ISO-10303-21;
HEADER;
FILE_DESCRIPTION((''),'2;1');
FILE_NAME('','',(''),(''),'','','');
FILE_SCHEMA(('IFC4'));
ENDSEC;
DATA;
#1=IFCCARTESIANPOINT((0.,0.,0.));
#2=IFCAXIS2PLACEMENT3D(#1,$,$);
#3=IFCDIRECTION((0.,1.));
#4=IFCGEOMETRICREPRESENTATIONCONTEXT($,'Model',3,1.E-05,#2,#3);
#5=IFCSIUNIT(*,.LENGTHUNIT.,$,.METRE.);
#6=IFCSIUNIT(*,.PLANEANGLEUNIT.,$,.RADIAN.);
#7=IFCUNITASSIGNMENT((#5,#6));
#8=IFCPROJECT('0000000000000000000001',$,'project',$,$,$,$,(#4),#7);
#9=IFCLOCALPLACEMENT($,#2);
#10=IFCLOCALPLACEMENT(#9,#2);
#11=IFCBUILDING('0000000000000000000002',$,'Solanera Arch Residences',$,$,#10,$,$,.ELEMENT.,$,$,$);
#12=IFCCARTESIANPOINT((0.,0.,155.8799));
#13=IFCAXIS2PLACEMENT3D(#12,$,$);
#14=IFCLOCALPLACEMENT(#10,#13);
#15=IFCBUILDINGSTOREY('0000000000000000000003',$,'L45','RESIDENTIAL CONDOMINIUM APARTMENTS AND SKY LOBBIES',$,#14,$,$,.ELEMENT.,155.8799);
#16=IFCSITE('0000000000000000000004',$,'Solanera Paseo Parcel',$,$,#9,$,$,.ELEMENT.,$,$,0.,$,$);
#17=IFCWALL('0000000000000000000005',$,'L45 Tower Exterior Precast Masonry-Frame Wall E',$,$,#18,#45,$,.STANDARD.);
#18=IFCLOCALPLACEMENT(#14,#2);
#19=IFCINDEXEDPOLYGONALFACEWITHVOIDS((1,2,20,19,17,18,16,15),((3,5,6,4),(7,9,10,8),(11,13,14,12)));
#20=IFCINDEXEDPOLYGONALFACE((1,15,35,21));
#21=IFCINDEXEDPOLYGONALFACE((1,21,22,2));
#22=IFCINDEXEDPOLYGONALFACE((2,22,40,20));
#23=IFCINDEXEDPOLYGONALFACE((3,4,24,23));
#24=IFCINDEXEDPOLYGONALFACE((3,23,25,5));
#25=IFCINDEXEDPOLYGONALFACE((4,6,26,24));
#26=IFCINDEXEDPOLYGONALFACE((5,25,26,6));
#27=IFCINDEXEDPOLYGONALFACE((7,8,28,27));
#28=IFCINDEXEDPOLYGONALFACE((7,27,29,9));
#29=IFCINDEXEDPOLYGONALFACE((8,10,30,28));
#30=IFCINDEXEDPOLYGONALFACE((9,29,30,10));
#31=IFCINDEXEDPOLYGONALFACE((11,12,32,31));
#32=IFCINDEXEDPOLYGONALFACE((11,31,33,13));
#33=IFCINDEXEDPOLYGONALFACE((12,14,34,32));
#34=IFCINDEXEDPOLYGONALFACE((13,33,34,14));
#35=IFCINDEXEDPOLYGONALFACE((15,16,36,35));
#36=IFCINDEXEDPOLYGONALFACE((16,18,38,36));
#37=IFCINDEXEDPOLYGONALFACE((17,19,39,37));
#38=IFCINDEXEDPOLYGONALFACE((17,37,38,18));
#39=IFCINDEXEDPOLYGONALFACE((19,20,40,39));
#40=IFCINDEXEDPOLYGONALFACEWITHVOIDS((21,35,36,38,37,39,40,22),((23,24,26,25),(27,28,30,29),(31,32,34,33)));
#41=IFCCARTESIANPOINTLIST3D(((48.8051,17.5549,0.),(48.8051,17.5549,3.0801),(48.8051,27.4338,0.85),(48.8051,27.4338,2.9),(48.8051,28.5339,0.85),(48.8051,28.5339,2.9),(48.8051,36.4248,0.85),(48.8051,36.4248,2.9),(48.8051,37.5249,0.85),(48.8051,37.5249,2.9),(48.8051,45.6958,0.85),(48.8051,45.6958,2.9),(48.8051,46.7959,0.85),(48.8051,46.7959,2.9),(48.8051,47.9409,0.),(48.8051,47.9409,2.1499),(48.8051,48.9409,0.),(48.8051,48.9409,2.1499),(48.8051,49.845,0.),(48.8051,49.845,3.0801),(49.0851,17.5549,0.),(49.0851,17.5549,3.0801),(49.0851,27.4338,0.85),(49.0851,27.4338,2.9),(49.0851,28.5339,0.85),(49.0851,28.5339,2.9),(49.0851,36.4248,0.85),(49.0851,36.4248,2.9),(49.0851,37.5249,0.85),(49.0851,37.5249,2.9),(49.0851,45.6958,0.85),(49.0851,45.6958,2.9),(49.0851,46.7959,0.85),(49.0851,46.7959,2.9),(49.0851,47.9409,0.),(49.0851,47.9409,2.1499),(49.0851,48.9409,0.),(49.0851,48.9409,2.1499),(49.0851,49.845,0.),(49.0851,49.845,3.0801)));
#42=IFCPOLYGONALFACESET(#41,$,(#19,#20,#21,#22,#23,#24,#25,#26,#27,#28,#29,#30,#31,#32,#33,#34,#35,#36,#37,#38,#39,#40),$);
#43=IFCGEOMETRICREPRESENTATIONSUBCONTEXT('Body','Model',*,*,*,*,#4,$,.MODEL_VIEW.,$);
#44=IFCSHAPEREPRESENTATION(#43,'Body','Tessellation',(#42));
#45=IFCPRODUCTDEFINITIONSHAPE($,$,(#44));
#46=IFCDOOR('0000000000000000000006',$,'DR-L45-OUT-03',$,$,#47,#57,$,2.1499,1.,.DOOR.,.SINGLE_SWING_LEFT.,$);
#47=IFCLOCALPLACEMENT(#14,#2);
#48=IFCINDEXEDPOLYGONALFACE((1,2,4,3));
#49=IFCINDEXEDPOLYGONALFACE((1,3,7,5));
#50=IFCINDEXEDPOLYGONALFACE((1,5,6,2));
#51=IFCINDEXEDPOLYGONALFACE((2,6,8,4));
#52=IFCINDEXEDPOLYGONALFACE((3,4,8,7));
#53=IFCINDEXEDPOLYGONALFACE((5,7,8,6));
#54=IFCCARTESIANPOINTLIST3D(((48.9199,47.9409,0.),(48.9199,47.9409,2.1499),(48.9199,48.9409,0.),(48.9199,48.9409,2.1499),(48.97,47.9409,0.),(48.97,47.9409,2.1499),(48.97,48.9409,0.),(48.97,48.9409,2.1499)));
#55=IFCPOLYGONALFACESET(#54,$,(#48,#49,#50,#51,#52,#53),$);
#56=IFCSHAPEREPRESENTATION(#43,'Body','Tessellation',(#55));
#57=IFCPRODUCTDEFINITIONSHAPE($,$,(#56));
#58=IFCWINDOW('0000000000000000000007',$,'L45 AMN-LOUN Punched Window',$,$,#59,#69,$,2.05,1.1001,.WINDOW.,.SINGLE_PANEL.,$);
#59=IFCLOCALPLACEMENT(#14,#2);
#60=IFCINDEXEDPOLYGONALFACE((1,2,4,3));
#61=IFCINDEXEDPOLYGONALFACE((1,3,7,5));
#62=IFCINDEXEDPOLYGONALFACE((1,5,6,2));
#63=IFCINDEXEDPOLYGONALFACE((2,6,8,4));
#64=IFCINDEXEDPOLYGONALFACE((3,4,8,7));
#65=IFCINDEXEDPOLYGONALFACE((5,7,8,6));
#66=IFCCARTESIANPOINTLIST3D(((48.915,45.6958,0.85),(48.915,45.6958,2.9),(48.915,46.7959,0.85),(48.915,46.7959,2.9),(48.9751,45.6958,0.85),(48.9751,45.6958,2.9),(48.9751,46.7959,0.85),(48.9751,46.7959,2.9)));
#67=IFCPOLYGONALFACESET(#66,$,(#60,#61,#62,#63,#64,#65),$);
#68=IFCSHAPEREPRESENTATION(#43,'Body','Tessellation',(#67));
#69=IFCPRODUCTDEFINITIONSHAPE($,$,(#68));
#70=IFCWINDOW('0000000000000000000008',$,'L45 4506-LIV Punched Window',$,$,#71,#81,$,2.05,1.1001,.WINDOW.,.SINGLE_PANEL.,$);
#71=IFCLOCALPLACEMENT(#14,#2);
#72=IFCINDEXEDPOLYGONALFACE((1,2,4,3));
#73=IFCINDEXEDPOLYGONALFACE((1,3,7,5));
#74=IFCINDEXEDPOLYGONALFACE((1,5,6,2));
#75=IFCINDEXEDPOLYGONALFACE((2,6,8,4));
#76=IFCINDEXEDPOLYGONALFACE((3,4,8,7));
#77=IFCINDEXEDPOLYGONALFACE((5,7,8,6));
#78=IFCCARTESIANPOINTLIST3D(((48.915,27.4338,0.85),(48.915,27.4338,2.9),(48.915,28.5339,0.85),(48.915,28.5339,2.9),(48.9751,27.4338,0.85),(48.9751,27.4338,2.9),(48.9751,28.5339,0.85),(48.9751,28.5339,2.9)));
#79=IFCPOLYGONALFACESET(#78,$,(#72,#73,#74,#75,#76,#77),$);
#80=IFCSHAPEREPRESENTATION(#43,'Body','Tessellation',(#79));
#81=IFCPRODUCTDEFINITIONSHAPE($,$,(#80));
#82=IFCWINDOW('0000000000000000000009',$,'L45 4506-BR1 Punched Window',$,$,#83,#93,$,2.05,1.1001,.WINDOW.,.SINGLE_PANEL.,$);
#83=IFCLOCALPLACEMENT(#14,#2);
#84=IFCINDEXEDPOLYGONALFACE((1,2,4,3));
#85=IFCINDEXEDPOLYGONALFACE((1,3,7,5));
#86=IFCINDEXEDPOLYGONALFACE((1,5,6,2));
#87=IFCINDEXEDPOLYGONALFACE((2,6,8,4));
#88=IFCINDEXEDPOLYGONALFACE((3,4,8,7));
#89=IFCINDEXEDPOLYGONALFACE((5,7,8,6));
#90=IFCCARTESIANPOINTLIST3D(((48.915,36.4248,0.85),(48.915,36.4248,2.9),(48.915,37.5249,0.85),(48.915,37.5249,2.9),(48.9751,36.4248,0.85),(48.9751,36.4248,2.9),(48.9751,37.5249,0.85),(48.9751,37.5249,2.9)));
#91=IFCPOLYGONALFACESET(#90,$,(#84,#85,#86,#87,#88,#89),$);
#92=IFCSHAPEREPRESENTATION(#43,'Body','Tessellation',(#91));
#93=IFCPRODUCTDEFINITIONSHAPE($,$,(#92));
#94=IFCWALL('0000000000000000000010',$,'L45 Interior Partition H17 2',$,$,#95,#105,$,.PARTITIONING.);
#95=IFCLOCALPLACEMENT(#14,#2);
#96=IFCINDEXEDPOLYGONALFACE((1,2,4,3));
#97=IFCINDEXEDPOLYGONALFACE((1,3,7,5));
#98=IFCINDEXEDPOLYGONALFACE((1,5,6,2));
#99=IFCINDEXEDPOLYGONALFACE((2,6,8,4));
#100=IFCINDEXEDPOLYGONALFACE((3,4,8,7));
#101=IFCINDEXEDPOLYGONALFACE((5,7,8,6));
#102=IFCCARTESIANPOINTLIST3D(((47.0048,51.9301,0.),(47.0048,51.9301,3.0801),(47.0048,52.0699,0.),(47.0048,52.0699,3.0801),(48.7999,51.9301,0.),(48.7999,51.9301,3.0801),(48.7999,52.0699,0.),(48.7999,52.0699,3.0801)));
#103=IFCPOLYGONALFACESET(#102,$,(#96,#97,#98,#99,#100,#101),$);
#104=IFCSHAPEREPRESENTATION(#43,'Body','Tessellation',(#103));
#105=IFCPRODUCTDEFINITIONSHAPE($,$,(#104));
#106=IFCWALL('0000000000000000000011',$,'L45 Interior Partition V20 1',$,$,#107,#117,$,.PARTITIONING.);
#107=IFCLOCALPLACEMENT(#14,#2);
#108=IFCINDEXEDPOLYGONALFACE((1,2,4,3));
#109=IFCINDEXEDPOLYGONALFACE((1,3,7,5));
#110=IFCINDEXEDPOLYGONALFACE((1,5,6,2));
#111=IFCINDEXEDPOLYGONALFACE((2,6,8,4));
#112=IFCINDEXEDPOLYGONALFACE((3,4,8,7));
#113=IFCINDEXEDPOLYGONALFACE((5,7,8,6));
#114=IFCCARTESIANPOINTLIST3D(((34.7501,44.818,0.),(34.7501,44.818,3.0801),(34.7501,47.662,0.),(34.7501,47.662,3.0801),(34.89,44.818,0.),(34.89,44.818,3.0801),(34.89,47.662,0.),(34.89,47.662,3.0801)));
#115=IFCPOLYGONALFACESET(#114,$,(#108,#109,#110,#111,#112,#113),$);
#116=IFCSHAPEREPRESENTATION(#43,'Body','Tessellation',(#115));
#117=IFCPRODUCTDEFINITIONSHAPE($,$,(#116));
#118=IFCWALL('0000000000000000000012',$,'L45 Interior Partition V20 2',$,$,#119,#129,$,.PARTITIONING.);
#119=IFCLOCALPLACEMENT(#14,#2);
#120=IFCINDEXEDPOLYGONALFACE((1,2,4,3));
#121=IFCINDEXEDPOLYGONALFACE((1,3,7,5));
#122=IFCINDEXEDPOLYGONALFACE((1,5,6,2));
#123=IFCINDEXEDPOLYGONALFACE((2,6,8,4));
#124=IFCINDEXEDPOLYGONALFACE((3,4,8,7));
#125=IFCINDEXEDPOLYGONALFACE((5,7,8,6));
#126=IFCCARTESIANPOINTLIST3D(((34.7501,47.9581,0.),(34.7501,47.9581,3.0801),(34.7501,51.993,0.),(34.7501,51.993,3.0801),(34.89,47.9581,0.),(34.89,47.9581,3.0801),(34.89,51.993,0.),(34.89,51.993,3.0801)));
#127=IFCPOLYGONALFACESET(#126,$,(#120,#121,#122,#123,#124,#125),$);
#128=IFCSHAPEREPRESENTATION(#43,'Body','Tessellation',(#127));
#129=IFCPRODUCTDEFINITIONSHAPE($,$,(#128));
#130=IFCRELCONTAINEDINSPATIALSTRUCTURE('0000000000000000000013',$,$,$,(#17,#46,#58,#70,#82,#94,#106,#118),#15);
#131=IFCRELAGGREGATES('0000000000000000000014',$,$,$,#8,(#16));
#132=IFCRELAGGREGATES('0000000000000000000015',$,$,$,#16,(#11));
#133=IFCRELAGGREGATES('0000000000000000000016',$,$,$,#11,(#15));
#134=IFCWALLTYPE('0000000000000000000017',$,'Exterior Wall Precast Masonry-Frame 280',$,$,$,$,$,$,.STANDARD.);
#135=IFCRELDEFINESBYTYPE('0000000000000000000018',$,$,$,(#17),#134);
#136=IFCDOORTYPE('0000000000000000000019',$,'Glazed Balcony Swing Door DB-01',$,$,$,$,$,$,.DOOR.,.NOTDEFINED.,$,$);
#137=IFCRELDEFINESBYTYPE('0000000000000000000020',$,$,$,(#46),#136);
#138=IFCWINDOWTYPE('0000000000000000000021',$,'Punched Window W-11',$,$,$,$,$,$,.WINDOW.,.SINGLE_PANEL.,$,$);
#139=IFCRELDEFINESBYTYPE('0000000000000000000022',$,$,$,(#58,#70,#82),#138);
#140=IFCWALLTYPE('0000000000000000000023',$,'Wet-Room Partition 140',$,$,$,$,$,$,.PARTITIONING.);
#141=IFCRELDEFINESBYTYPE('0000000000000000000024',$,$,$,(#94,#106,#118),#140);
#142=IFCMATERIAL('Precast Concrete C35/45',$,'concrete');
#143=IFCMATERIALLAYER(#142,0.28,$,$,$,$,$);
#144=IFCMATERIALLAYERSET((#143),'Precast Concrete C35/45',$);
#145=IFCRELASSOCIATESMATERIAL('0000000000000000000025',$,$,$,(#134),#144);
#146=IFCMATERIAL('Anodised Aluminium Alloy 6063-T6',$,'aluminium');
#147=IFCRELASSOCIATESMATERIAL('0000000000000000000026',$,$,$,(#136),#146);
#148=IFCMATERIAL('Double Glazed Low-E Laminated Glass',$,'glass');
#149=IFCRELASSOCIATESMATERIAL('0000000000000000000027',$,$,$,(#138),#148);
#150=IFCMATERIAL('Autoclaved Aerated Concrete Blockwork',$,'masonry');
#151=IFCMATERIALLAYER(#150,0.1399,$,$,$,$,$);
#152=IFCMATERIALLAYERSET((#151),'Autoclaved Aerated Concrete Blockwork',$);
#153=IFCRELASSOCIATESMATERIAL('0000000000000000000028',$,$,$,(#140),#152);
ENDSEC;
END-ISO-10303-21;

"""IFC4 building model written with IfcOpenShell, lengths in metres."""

from ifc_helpers import new_model, si_unit, direction, frame, frame_2d, origin, place, context, subcontext, project, spatial, rectangle, extrude, material, layer, layer_set, type_object, element, fill, save


model = new_model("IFC4")

# Units and contexts
model_context = context("Model", 3, precision=1e-05, world=origin(), true_north=direction((0.0, 1.0)))
body_context = subcontext(model_context, "Body", "Model", "MODEL_VIEW")
ifc_project = project(units=[si_unit("LENGTHUNIT", "METRE"), si_unit("PLANEANGLEUNIT", "RADIAN")], contexts=[model_context])

# Site, building, storey
site_placement = place(None, origin())
site = spatial("IfcSite", under=ifc_project, at=site_placement, Name="Solanera Paseo Parcel", CompositionType="ELEMENT", RefElevation=0.0)
building_placement = place(site_placement, origin())
building = spatial("IfcBuilding", under=site, at=building_placement, Name="Solanera Arch Residences", CompositionType="ELEMENT")
storey_placement = place(building_placement, frame((0.0, 0.0, 155.8799)))
storey = spatial("IfcBuildingStorey", under=building, at=storey_placement, Name="L45", Description="RESIDENTIAL CONDOMINIUM APARTMENTS AND SKY LOBBIES", CompositionType="ELEMENT", Elevation=155.8799)

# Shared definitions
ifc_material_1 = material(Name="Precast Concrete C35/45", Category="concrete")
ifc_layer_1 = layer(ifc_material_1, 0.28)
ifc_layer_set_1 = layer_set([ifc_layer_1], Name="Precast Concrete C35/45")
wall_type_1 = type_object("IfcWallType", Name="Exterior Wall Precast Masonry-Frame 280", PredefinedType="STANDARD", material=ifc_layer_set_1)

# Wall, openings, door, windows
wall_1_placement = place(storey_placement, frame((48.9451, 49.845, 0.0), z_axis=(0.0, 0.0, 1.0), x_axis=(0.0, -1.0, 0.0)))
wall_1 = element("IfcWall", 1, at=wall_1_placement, inside=storey, type_object=wall_type_1, Name="L45 Tower Exterior Precast Masonry-Frame Wall E", PredefinedType="STANDARD", context=body_context, shape_type="SweptSolid", body=[
    extrude(rectangle(XDim=32.29, YDim=0.28, at=frame_2d((16.145, 0.0))), origin(), (0.0, 0.0, 1.0), 3.0801),
])
opening_1_placement = place(wall_1_placement, frame((0.9041, 0.0, 0.0)))
opening_1 = element("IfcOpeningElement", 2, at=opening_1_placement, cuts=wall_1, PredefinedType="OPENING", context=body_context, shape_type="SweptSolid", body=[
    extrude(rectangle(XDim=1.0, YDim=2.1499, at=frame_2d((0.5, 1.075))), frame((0.0, 0.1499, 0.0), z_axis=(0.0, -1.0, 0.0), x_axis=(1.0, 0.0, 0.0)), (0.0, 0.0, 1.0), 0.3),
])
opening_2_placement = place(wall_1_placement, frame((3.0491, 0.0, 0.8501)))
opening_2 = element("IfcOpeningElement", 3, at=opening_2_placement, cuts=wall_1, PredefinedType="OPENING", context=body_context, shape_type="SweptSolid", body=[
    extrude(rectangle(XDim=1.1001, YDim=2.05, at=frame_2d((0.55, 1.0249))), frame((0.0, 0.1499, 0.0), z_axis=(0.0, -1.0, 0.0), x_axis=(1.0, 0.0, 0.0)), (0.0, 0.0, 1.0), 0.3),
])
opening_3_placement = place(wall_1_placement, frame((21.311, 0.0, 0.8501)))
opening_3 = element("IfcOpeningElement", 4, at=opening_3_placement, cuts=wall_1, PredefinedType="OPENING", context=body_context, shape_type="SweptSolid", body=[
    extrude(rectangle(XDim=1.1001, YDim=2.05, at=frame_2d((0.55, 1.0249))), frame((0.0, 0.1499, 0.0), z_axis=(0.0, -1.0, 0.0), x_axis=(1.0, 0.0, 0.0)), (0.0, 0.0, 1.0), 0.3),
])
opening_4_placement = place(wall_1_placement, frame((12.3201, 0.0, 0.8501)))
opening_4 = element("IfcOpeningElement", 5, at=opening_4_placement, cuts=wall_1, PredefinedType="OPENING", context=body_context, shape_type="SweptSolid", body=[
    extrude(rectangle(XDim=1.1001, YDim=2.05, at=frame_2d((0.55, 1.0249))), frame((0.0, 0.1499, 0.0), z_axis=(0.0, -1.0, 0.0), x_axis=(1.0, 0.0, 0.0)), (0.0, 0.0, 1.0), 0.3),
])
ifc_material_2 = material(Name="Anodised Aluminium Alloy 6063-T6", Category="aluminium")
door_type = type_object("IfcDoorType", Name="Glazed Balcony Swing Door DB-01", OperationType="NOTDEFINED", PredefinedType="DOOR", material=ifc_material_2)
door_placement = place(opening_1_placement, origin())
door = element("IfcDoor", 6, at=door_placement, inside=storey, type_object=door_type, Name="DR-L45-OUT-03", OperationType="SINGLE_SWING_LEFT", OverallHeight=2.1499, OverallWidth=1.0, PredefinedType="DOOR", context=body_context, shape_type="SweptSolid", body=[
    extrude(rectangle(XDim=1.0, YDim=2.1499, at=frame_2d((0.5, 1.075))), frame((0.0, 0.0249, 0.0), z_axis=(0.0, -1.0, 0.0), x_axis=(1.0, 0.0, 0.0)), (0.0, 0.0, 1.0), 0.05),
])
fill(opening_1, door)
ifc_material_3 = material(Name="Double Glazed Low-E Laminated Glass", Category="glass")
window_type = type_object("IfcWindowType", Name="Punched Window W-11", PartitioningType="SINGLE_PANEL", PredefinedType="WINDOW", material=ifc_material_3)
window_1_placement = place(opening_2_placement, origin())
window_1 = element("IfcWindow", 7, at=window_1_placement, inside=storey, type_object=window_type, Name="L45 AMN-LOUN Punched Window", OverallHeight=2.05, OverallWidth=1.1001, PartitioningType="SINGLE_PANEL", PredefinedType="WINDOW", context=body_context, shape_type="SweptSolid", body=[
    extrude(rectangle(XDim=1.1001, YDim=2.05, at=frame_2d((0.55, 1.0249))), frame((0.0, 0.03, 0.0), z_axis=(0.0, -1.0, 0.0), x_axis=(1.0, 0.0, 0.0)), (0.0, 0.0, 1.0), 0.0601),
])
fill(opening_2, window_1)
window_2_placement = place(opening_3_placement, origin())
window_2 = element("IfcWindow", 8, at=window_2_placement, inside=storey, type_object=window_type, Name="L45 4506-LIV Punched Window", OverallHeight=2.05, OverallWidth=1.1001, PartitioningType="SINGLE_PANEL", PredefinedType="WINDOW", context=body_context, shape_type="SweptSolid", body=[
    extrude(rectangle(XDim=1.1001, YDim=2.05, at=frame_2d((0.55, 1.0249))), frame((0.0, 0.03, 0.0), z_axis=(0.0, -1.0, 0.0), x_axis=(1.0, 0.0, 0.0)), (0.0, 0.0, 1.0), 0.0601),
])
fill(opening_3, window_2)
window_3_placement = place(opening_4_placement, origin())
window_3 = element("IfcWindow", 9, at=window_3_placement, inside=storey, type_object=window_type, Name="L45 4506-BR1 Punched Window", OverallHeight=2.05, OverallWidth=1.1001, PartitioningType="SINGLE_PANEL", PredefinedType="WINDOW", context=body_context, shape_type="SweptSolid", body=[
    extrude(rectangle(XDim=1.1001, YDim=2.05, at=frame_2d((0.55, 1.0249))), frame((0.0, 0.03, 0.0), z_axis=(0.0, -1.0, 0.0), x_axis=(1.0, 0.0, 0.0)), (0.0, 0.0, 1.0), 0.0601),
])
fill(opening_4, window_3)

# Walls
ifc_material_4 = material(Name="Autoclaved Aerated Concrete Blockwork", Category="masonry")
ifc_layer_2 = layer(ifc_material_4, 0.1399)
ifc_layer_set_2 = layer_set([ifc_layer_2], Name="Autoclaved Aerated Concrete Blockwork")
wall_type_2 = type_object("IfcWallType", Name="Wet-Room Partition 140", PredefinedType="PARTITIONING", material=ifc_layer_set_2)
wall_2_placement = place(storey_placement, frame((47.0049, 52.0, 0.0), z_axis=(0.0, 0.0, 1.0), x_axis=(1.0, 0.0, 0.0)))
element("IfcWall", 10, at=wall_2_placement, inside=storey, type_object=wall_type_2, Name="L45 Interior Partition H17 2", PredefinedType="PARTITIONING", context=body_context, shape_type="SweptSolid", body=[
    extrude(rectangle(XDim=1.7952, YDim=0.1399, at=frame_2d((0.8975, 0.0))), origin(), (0.0, 0.0, 1.0), 3.0801),
])
wall_3_placement = place(storey_placement, frame((34.8201, 44.8181, 0.0), z_axis=(0.0, 0.0, 1.0), x_axis=(0.0, 1.0, 0.0)))
element("IfcWall", 11, at=wall_3_placement, inside=storey, type_object=wall_type_2, Name="L45 Interior Partition V20 1", PredefinedType="PARTITIONING", context=body_context, shape_type="SweptSolid", body=[
    extrude(rectangle(XDim=2.844, YDim=0.1399, at=frame_2d((1.4219, 0.0))), origin(), (0.0, 0.0, 1.0), 3.0801),
])
wall_4_placement = place(storey_placement, frame((34.8201, 47.958, 0.0), z_axis=(0.0, 0.0, 1.0), x_axis=(0.0, 1.0, 0.0)))
element("IfcWall", 12, at=wall_4_placement, inside=storey, type_object=wall_type_2, Name="L45 Interior Partition V20 2", PredefinedType="PARTITIONING", context=body_context, shape_type="SweptSolid", body=[
    extrude(rectangle(XDim=4.0349, YDim=0.1399, at=frame_2d((2.0176, 0.0))), origin(), (0.0, 0.0, 1.0), 3.0801),
])

save(model, "model.ifc")
